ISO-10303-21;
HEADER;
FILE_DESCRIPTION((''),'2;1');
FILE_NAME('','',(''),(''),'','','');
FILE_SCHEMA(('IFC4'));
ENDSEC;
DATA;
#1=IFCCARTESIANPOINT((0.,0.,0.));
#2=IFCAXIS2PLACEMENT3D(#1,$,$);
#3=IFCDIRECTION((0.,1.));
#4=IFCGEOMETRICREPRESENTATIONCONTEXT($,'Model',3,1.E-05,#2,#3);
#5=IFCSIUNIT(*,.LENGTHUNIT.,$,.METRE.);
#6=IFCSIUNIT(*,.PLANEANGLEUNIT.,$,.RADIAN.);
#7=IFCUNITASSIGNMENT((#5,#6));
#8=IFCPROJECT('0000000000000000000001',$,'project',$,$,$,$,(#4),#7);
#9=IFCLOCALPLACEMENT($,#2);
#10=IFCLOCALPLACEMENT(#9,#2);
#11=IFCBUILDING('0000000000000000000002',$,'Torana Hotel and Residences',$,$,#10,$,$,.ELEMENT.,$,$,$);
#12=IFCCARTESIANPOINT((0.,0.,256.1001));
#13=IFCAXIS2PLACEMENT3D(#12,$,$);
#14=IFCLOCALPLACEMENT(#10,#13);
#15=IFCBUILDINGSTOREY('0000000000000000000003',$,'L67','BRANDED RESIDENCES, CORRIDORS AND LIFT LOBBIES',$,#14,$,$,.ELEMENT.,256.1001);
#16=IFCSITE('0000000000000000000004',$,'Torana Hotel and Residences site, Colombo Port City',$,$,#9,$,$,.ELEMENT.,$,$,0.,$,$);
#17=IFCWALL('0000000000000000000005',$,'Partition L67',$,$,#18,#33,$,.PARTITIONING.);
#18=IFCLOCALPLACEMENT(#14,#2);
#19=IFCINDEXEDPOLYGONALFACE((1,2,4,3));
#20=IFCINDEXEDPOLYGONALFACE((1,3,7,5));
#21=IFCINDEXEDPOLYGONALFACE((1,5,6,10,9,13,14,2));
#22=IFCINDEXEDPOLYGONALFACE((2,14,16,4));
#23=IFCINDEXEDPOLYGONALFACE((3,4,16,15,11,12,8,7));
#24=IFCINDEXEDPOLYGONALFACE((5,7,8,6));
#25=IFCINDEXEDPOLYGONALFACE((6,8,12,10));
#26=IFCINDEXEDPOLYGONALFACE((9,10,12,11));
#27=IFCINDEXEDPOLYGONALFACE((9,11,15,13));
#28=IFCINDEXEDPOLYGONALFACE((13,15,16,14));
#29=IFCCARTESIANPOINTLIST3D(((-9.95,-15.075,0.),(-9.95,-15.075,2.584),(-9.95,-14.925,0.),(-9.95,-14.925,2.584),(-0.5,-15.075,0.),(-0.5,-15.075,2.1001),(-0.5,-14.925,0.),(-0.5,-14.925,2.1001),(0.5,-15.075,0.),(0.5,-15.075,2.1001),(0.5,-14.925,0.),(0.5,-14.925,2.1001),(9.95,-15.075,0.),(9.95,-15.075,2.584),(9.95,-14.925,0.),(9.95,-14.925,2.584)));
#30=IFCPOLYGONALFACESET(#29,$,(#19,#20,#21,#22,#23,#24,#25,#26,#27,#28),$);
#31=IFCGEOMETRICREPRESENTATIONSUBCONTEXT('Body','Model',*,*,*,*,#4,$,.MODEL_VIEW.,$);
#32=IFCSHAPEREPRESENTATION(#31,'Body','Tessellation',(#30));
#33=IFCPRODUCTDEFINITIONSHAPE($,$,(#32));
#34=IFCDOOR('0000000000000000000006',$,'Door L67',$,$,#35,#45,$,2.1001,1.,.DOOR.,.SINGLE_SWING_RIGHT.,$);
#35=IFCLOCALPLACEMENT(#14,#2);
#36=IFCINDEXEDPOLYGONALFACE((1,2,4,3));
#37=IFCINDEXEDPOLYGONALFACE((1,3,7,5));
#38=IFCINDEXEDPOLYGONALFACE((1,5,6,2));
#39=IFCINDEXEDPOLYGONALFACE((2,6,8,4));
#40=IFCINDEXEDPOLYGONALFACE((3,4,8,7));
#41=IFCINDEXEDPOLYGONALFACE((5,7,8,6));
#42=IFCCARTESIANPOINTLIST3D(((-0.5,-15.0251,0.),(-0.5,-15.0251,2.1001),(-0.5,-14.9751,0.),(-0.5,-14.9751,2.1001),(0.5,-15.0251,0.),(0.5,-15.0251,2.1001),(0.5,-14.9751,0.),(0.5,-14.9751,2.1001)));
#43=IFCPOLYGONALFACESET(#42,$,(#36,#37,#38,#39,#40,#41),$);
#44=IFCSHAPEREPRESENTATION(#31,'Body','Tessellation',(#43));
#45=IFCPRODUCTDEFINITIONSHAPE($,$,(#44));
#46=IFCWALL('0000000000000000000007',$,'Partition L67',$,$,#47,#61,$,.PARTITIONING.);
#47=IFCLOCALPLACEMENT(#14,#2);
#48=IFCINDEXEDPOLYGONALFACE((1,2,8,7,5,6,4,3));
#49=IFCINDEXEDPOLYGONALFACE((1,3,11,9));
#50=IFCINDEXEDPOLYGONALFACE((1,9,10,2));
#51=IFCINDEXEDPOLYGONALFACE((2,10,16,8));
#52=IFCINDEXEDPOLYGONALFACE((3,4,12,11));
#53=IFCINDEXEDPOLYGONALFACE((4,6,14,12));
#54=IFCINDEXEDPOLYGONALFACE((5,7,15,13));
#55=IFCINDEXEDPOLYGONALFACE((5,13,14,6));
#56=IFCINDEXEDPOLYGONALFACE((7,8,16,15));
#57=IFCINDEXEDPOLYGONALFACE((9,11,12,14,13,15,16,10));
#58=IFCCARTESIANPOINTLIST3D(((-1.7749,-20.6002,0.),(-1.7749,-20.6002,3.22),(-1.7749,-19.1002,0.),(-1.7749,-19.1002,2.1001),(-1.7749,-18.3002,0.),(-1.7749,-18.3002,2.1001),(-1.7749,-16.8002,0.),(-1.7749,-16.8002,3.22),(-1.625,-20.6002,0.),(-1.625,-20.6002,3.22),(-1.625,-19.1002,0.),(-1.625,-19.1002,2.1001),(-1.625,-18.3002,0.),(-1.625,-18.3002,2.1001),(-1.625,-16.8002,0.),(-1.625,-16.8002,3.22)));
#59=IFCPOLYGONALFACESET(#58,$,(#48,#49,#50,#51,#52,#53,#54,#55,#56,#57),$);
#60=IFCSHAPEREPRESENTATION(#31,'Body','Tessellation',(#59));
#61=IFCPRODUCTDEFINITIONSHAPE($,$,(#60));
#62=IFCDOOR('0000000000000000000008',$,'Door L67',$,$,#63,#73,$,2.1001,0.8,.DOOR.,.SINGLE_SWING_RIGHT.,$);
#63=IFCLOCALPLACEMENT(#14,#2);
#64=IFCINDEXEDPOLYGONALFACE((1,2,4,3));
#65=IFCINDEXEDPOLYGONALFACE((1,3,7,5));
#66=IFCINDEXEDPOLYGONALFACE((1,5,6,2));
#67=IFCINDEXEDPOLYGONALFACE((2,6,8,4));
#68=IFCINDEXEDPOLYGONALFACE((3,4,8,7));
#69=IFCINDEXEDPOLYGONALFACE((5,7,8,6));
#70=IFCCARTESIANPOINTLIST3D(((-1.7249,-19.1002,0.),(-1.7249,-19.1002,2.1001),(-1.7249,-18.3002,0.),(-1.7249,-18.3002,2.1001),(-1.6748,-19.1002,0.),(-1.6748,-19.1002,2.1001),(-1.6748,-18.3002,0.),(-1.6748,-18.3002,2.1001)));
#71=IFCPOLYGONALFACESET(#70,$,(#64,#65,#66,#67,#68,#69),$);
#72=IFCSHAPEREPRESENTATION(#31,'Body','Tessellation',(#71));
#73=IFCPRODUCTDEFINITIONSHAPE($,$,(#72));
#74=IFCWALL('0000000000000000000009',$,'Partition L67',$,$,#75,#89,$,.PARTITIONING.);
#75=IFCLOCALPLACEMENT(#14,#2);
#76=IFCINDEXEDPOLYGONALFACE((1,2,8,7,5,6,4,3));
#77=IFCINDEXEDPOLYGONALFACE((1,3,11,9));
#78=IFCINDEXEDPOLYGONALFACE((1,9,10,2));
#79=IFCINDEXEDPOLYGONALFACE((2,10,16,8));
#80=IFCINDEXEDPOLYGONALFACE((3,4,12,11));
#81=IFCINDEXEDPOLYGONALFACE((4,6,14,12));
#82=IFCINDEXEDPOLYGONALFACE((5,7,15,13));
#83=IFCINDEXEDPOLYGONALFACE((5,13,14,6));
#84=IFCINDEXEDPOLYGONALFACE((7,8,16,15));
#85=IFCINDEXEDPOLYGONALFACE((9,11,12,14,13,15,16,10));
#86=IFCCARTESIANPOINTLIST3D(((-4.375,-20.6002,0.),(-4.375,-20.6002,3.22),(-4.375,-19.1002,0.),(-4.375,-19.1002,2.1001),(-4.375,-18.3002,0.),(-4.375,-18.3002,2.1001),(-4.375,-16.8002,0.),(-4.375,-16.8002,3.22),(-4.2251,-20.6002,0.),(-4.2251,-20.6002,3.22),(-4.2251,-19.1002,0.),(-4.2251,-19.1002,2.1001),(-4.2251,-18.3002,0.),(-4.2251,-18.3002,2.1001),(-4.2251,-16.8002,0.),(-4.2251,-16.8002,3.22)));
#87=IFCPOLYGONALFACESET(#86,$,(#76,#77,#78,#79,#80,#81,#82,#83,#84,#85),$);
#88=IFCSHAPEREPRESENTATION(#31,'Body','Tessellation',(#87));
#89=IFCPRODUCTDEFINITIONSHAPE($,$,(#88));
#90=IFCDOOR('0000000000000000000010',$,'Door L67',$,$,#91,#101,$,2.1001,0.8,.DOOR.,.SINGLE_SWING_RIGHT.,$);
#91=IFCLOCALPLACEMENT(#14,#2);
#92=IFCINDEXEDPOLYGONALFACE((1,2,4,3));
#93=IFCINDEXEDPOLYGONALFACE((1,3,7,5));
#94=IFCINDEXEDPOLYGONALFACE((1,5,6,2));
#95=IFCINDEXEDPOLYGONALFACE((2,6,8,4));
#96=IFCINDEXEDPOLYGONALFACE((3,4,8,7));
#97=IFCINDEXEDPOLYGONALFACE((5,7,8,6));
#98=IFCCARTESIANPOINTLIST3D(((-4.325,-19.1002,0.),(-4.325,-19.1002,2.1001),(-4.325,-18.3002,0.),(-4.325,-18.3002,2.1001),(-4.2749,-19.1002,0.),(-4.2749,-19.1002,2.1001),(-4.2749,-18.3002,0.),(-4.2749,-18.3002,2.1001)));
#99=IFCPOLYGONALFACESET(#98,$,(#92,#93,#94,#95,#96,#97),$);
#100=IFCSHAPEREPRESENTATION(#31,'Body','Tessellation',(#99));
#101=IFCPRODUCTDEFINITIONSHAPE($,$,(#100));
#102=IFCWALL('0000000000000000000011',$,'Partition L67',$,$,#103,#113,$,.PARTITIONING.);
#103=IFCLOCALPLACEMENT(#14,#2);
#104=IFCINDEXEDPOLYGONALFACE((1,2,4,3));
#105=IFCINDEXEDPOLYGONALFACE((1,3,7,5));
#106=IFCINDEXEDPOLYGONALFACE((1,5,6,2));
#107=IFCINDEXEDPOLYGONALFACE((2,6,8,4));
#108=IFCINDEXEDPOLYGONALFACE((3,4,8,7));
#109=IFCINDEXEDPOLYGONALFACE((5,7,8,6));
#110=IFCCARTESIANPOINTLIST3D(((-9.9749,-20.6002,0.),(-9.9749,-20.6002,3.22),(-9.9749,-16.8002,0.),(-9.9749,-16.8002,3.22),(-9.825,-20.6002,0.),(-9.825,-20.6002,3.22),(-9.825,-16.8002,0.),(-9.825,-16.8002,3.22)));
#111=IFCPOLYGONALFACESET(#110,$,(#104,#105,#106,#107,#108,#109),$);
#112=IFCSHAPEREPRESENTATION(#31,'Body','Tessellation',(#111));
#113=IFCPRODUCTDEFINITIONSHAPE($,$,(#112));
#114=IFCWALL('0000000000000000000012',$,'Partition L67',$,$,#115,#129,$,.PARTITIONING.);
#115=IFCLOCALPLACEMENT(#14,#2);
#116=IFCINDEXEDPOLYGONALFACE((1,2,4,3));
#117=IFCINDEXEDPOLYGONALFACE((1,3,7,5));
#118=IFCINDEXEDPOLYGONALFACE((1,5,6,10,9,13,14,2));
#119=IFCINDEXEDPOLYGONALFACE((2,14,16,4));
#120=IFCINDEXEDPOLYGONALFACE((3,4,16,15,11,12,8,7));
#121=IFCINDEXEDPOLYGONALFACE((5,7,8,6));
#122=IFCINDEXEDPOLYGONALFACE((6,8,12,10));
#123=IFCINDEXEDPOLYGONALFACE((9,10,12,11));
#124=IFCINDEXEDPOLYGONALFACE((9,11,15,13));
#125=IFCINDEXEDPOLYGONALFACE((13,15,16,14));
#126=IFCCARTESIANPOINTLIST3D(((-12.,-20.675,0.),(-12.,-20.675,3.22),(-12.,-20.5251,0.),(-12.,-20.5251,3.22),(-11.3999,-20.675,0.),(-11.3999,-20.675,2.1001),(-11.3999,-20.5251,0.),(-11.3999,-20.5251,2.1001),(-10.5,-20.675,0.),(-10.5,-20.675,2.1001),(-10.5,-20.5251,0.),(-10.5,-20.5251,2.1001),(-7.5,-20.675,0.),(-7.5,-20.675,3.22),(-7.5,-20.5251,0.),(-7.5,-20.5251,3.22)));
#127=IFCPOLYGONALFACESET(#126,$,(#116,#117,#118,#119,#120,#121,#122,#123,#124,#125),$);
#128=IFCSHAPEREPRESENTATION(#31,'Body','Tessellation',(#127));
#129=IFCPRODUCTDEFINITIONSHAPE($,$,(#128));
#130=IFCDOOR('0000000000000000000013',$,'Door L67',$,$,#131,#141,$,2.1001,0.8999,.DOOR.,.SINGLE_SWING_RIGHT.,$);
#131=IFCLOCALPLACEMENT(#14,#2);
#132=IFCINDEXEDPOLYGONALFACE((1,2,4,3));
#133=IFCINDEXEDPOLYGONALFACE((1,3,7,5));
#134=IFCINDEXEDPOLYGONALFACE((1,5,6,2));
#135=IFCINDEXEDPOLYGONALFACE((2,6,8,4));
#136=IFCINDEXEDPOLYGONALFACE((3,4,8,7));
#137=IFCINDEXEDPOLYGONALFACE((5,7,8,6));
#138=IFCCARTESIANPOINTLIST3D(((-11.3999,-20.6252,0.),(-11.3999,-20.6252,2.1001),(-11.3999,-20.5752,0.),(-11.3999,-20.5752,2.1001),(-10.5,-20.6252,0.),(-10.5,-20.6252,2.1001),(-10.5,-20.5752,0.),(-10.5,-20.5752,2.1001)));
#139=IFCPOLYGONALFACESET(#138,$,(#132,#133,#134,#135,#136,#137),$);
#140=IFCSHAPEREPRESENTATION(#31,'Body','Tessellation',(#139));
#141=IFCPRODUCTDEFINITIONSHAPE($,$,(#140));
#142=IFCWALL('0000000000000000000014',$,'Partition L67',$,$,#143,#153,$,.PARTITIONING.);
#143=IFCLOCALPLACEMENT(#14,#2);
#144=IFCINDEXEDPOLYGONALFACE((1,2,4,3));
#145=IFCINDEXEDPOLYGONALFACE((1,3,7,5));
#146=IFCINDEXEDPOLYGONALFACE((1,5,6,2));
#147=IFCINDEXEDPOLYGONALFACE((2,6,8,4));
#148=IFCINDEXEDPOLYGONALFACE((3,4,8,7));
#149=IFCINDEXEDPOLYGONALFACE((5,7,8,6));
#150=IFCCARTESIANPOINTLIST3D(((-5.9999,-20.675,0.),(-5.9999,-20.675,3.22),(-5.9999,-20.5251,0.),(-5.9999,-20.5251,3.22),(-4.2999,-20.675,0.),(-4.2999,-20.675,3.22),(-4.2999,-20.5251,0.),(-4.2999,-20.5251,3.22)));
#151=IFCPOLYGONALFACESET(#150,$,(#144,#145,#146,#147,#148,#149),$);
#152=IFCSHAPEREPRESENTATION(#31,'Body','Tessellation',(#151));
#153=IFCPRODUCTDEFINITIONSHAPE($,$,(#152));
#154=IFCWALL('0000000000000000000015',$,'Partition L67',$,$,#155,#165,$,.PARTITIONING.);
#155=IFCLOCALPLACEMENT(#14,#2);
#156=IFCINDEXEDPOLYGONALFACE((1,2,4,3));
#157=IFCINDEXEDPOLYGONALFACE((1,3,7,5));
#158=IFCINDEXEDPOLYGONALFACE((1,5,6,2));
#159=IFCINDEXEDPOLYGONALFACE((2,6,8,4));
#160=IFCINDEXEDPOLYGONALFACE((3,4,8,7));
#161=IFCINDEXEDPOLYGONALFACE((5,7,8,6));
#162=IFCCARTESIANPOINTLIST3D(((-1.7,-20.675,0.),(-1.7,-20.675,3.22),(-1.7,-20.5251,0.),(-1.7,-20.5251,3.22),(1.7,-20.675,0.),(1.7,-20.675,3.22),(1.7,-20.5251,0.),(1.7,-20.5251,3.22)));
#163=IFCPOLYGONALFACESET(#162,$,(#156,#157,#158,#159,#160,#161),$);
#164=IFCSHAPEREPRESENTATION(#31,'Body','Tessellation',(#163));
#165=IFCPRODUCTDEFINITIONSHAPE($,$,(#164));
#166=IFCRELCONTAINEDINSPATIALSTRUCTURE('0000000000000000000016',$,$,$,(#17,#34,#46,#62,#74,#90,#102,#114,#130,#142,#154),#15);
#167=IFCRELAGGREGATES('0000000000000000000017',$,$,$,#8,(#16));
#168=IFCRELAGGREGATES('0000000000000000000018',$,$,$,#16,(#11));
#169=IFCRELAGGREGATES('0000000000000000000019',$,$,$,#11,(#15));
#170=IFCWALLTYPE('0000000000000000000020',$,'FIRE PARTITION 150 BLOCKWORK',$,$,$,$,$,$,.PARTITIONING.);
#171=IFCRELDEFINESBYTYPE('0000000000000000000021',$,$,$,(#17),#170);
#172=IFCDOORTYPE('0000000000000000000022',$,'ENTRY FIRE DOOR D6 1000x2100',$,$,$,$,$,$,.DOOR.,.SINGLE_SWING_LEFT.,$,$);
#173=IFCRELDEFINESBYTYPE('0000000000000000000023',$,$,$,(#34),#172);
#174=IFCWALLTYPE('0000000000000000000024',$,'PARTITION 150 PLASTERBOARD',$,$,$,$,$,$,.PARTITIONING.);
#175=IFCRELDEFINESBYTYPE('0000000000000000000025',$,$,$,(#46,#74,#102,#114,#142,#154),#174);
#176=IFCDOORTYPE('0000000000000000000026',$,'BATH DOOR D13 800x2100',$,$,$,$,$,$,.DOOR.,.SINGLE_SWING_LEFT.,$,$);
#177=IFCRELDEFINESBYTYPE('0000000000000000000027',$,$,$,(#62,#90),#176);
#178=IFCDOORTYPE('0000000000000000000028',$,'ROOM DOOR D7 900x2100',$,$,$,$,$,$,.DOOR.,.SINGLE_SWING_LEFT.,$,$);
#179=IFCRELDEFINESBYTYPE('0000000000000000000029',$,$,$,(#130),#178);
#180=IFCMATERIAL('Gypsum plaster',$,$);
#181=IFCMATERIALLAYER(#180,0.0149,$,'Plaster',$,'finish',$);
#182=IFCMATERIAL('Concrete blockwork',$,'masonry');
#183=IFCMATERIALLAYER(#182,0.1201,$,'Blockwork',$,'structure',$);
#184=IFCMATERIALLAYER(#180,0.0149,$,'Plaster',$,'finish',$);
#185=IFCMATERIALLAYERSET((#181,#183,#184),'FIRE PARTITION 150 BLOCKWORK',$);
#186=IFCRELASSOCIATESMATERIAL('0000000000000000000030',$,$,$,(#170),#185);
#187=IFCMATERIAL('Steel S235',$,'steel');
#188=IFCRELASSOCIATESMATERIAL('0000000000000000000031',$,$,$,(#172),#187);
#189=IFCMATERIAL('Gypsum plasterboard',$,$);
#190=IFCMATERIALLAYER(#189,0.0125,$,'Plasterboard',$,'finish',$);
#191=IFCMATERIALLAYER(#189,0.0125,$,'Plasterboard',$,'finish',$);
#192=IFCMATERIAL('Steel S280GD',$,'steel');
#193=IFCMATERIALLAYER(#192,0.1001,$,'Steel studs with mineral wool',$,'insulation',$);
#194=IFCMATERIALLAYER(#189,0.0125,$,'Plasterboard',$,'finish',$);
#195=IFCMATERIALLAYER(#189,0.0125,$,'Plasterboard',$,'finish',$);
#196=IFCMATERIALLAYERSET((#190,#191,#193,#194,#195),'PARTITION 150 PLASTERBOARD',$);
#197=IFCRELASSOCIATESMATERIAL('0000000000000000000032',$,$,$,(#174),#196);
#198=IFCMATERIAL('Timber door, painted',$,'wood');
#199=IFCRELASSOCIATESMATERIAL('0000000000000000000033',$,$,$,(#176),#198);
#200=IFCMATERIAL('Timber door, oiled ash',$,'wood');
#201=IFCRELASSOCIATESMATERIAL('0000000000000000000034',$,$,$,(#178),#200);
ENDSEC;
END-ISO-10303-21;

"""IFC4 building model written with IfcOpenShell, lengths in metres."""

from ifc_helpers import new_model, si_unit, direction, frame, frame_2d, origin, place, context, subcontext, project, spatial, rectangle, extrude, material, layer, layer_set, type_object, element, fill, save


model = new_model("IFC4")

# Units and contexts
model_context = context("Model", 3, precision=1e-05, world=origin(), true_north=direction((0.0, 1.0)))
body_context = subcontext(model_context, "Body", "Model", "MODEL_VIEW")
ifc_project = project(units=[si_unit("LENGTHUNIT", "METRE"), si_unit("PLANEANGLEUNIT", "RADIAN")], contexts=[model_context])

# Site, building, storey
site_placement = place(None, origin())
site = spatial("IfcSite", under=ifc_project, at=site_placement, Name="Torana Hotel and Residences site, Colombo Port City", CompositionType="ELEMENT", RefElevation=0.0)
building_placement = place(site_placement, origin())
building = spatial("IfcBuilding", under=site, at=building_placement, Name="Torana Hotel and Residences", CompositionType="ELEMENT")
storey_placement = place(building_placement, frame((0.0, 0.0, 256.1001)))
storey = spatial("IfcBuildingStorey", under=building, at=storey_placement, Name="L67", Description="BRANDED RESIDENCES, CORRIDORS AND LIFT LOBBIES", CompositionType="ELEMENT", Elevation=256.1001)

# Shared definitions
ifc_material_1 = material(Name="Gypsum plaster")
ifc_layer_1 = layer(ifc_material_1, 0.0149, Name="Plaster", Category="finish")
ifc_material_2 = material(Name="Concrete blockwork", Category="masonry")
ifc_layer_2 = layer(ifc_material_2, 0.1201, Name="Blockwork", Category="structure")
ifc_layer_3 = layer(ifc_material_1, 0.0149, Name="Plaster", Category="finish")
ifc_layer_set_1 = layer_set([ifc_layer_1, ifc_layer_2, ifc_layer_3], Name="FIRE PARTITION 150 BLOCKWORK")
wall_type_1 = type_object("IfcWallType", Name="FIRE PARTITION 150 BLOCKWORK", PredefinedType="PARTITIONING", material=ifc_layer_set_1)

# Walls, openings, doors
ifc_material_3 = material(Name="Steel S235", Category="steel")
door_type_1 = type_object("IfcDoorType", Name="ENTRY FIRE DOOR D6 1000x2100", OperationType="SINGLE_SWING_LEFT", PredefinedType="DOOR", material=ifc_material_3)
wall_1_placement = place(storey_placement, frame((-9.95, -15.0, 0.0), z_axis=(0.0, 0.0, 1.0), x_axis=(1.0, 0.0, 0.0)))
wall_1 = element("IfcWall", 1, at=wall_1_placement, inside=storey, type_object=wall_type_1, Name="Partition L67", PredefinedType="PARTITIONING", context=body_context, shape_type="SweptSolid", body=[
    extrude(rectangle(XDim=19.8999, YDim=0.1499, at=frame_2d((9.95, 0.0))), origin(), (0.0, 0.0, 1.0), 2.584),
])
opening_1_placement = place(wall_1_placement, frame((9.45, 0.0, 0.0)))
opening_1 = element("IfcOpeningElement", 2, at=opening_1_placement, cuts=wall_1, PredefinedType="OPENING", context=body_context, shape_type="SweptSolid", body=[
    extrude(rectangle(XDim=1.0, YDim=2.1001, at=frame_2d((0.5, 1.05))), frame((0.0, 0.085, 0.0), z_axis=(0.0, -1.0, 0.0), x_axis=(1.0, 0.0, 0.0)), (0.0, 0.0, 1.0), 0.1699),
])
door_1_placement = place(opening_1_placement, origin())
door_1 = element("IfcDoor", 3, at=door_1_placement, inside=storey, type_object=door_type_1, Name="Door L67", OperationType="SINGLE_SWING_RIGHT", OverallHeight=2.1001, OverallWidth=1.0, PredefinedType="DOOR", context=body_context, shape_type="SweptSolid", body=[
    extrude(rectangle(XDim=1.0, YDim=2.1001, at=frame_2d((0.5, 1.05))), frame((0.0, 0.0249, 0.0), z_axis=(0.0, -1.0, 0.0), x_axis=(1.0, 0.0, 0.0)), (0.0, 0.0, 1.0), 0.05),
])
fill(opening_1, door_1)
ifc_material_4 = material(Name="Gypsum plasterboard")
ifc_layer_4 = layer(ifc_material_4, 0.0125, Name="Plasterboard", Category="finish")
ifc_layer_5 = layer(ifc_material_4, 0.0125, Name="Plasterboard", Category="finish")
ifc_material_5 = material(Name="Steel S280GD", Category="steel")
ifc_layer_6 = layer(ifc_material_5, 0.1001, Name="Steel studs with mineral wool", Category="insulation")
ifc_layer_7 = layer(ifc_material_4, 0.0125, Name="Plasterboard", Category="finish")
ifc_layer_8 = layer(ifc_material_4, 0.0125, Name="Plasterboard", Category="finish")
ifc_layer_set_2 = layer_set([ifc_layer_4, ifc_layer_5, ifc_layer_6, ifc_layer_7, ifc_layer_8], Name="PARTITION 150 PLASTERBOARD")
wall_type_2 = type_object("IfcWallType", Name="PARTITION 150 PLASTERBOARD", PredefinedType="PARTITIONING", material=ifc_layer_set_2)
wall_2_placement = place(storey_placement, frame((-1.7, -20.6001, 0.0), z_axis=(0.0, 0.0, 1.0), x_axis=(0.0, 1.0, 0.0)))
wall_2 = element("IfcWall", 4, at=wall_2_placement, inside=storey, type_object=wall_type_2, Name="Partition L67", PredefinedType="PARTITIONING", context=body_context, shape_type="SweptSolid", body=[
    extrude(rectangle(XDim=3.8, YDim=0.1499, at=frame_2d((1.8999, 0.0))), origin(), (0.0, 0.0, 1.0), 3.22),
])
opening_2_placement = place(wall_2_placement, frame((1.5, 0.0, 0.0)))
opening_2 = element("IfcOpeningElement", 5, at=opening_2_placement, cuts=wall_2, PredefinedType="OPENING", context=body_context, shape_type="SweptSolid", body=[
    extrude(rectangle(XDim=0.8, YDim=2.1001, at=frame_2d((0.3999, 1.05))), frame((0.0, 0.085, 0.0), z_axis=(0.0, -1.0, 0.0), x_axis=(1.0, 0.0, 0.0)), (0.0, 0.0, 1.0), 0.1699),
])
ifc_material_6 = material(Name="Timber door, painted", Category="wood")
door_type_2 = type_object("IfcDoorType", Name="BATH DOOR D13 800x2100", OperationType="SINGLE_SWING_LEFT", PredefinedType="DOOR", material=ifc_material_6)
door_2_placement = place(opening_2_placement, origin())
door_2 = element("IfcDoor", 6, at=door_2_placement, inside=storey, type_object=door_type_2, Name="Door L67", OperationType="SINGLE_SWING_RIGHT", OverallHeight=2.1001, OverallWidth=0.8, PredefinedType="DOOR", context=body_context, shape_type="SweptSolid", body=[
    extrude(rectangle(XDim=0.8, YDim=2.1001, at=frame_2d((0.3999, 1.05))), frame((0.0, 0.0249, 0.0), z_axis=(0.0, -1.0, 0.0), x_axis=(1.0, 0.0, 0.0)), (0.0, 0.0, 1.0), 0.05),
])
fill(opening_2, door_2)
wall_3_placement = place(storey_placement, frame((-4.3, -20.6001, 0.0), z_axis=(0.0, 0.0, 1.0), x_axis=(0.0, 1.0, 0.0)))
wall_3 = element("IfcWall", 7, at=wall_3_placement, inside=storey, type_object=wall_type_2, Name="Partition L67", PredefinedType="PARTITIONING", context=body_context, shape_type="SweptSolid", body=[
    extrude(rectangle(XDim=3.8, YDim=0.1499, at=frame_2d((1.8999, 0.0))), origin(), (0.0, 0.0, 1.0), 3.22),
])
opening_3_placement = place(wall_3_placement, frame((1.5, 0.0, 0.0)))
opening_3 = element("IfcOpeningElement", 8, at=opening_3_placement, cuts=wall_3, PredefinedType="OPENING", context=body_context, shape_type="SweptSolid", body=[
    extrude(rectangle(XDim=0.8, YDim=2.1001, at=frame_2d((0.3999, 1.05))), frame((0.0, 0.085, 0.0), z_axis=(0.0, -1.0, 0.0), x_axis=(1.0, 0.0, 0.0)), (0.0, 0.0, 1.0), 0.1699),
])
door_3_placement = place(opening_3_placement, origin())
door_3 = element("IfcDoor", 9, at=door_3_placement, inside=storey, type_object=door_type_2, Name="Door L67", OperationType="SINGLE_SWING_RIGHT", OverallHeight=2.1001, OverallWidth=0.8, PredefinedType="DOOR", context=body_context, shape_type="SweptSolid", body=[
    extrude(rectangle(XDim=0.8, YDim=2.1001, at=frame_2d((0.3999, 1.05))), frame((0.0, 0.0249, 0.0), z_axis=(0.0, -1.0, 0.0), x_axis=(1.0, 0.0, 0.0)), (0.0, 0.0, 1.0), 0.05),
])
fill(opening_3, door_3)

# Wall
wall_4_placement = place(storey_placement, frame((-9.8999, -20.6001, 0.0), z_axis=(0.0, 0.0, 1.0), x_axis=(0.0, 1.0, 0.0)))
element("IfcWall", 10, at=wall_4_placement, inside=storey, type_object=wall_type_2, Name="Partition L67", PredefinedType="PARTITIONING", context=body_context, shape_type="SweptSolid", body=[
    extrude(rectangle(XDim=3.8, YDim=0.1499, at=frame_2d((1.8999, 0.0))), origin(), (0.0, 0.0, 1.0), 3.22),
])

# Wall, opening, door
wall_5_placement = place(storey_placement, frame((-12.0, -20.6001, 0.0), z_axis=(0.0, 0.0, 1.0), x_axis=(1.0, 0.0, 0.0)))
wall_5 = element("IfcWall", 11, at=wall_5_placement, inside=storey, type_object=wall_type_2, Name="Partition L67", PredefinedType="PARTITIONING", context=body_context, shape_type="SweptSolid", body=[
    extrude(rectangle(XDim=4.5, YDim=0.1499, at=frame_2d((2.25, 0.0))), origin(), (0.0, 0.0, 1.0), 3.22),
])
opening_4_placement = place(wall_5_placement, frame((0.6001, 0.0, 0.0)))
opening_4 = element("IfcOpeningElement", 12, at=opening_4_placement, cuts=wall_5, PredefinedType="OPENING", context=body_context, shape_type="SweptSolid", body=[
    extrude(rectangle(XDim=0.8999, YDim=2.1001, at=frame_2d((0.45, 1.05))), frame((0.0, 0.085, 0.0), z_axis=(0.0, -1.0, 0.0), x_axis=(1.0, 0.0, 0.0)), (0.0, 0.0, 1.0), 0.1699),
])
ifc_material_7 = material(Name="Timber door, oiled ash", Category="wood")
door_type_3 = type_object("IfcDoorType", Name="ROOM DOOR D7 900x2100", OperationType="SINGLE_SWING_LEFT", PredefinedType="DOOR", material=ifc_material_7)
door_4_placement = place(opening_4_placement, origin())
door_4 = element("IfcDoor", 13, at=door_4_placement, inside=storey, type_object=door_type_3, Name="Door L67", OperationType="SINGLE_SWING_RIGHT", OverallHeight=2.1001, OverallWidth=0.8999, PredefinedType="DOOR", context=body_context, shape_type="SweptSolid", body=[
    extrude(rectangle(XDim=0.8999, YDim=2.1001, at=frame_2d((0.45, 1.05))), frame((0.0, 0.0249, 0.0), z_axis=(0.0, -1.0, 0.0), x_axis=(1.0, 0.0, 0.0)), (0.0, 0.0, 1.0), 0.05),
])
fill(opening_4, door_4)

# Walls
wall_6_placement = place(storey_placement, frame((-6.0, -20.6001, 0.0), z_axis=(0.0, 0.0, 1.0), x_axis=(1.0, 0.0, 0.0)))
element("IfcWall", 14, at=wall_6_placement, inside=storey, type_object=wall_type_2, Name="Partition L67", PredefinedType="PARTITIONING", context=body_context, shape_type="SweptSolid", body=[
    extrude(rectangle(XDim=1.7, YDim=0.1499, at=frame_2d((0.8501, 0.0))), origin(), (0.0, 0.0, 1.0), 3.22),
])
wall_7_placement = place(storey_placement, frame((-1.7, -20.6001, 0.0), z_axis=(0.0, 0.0, 1.0), x_axis=(1.0, 0.0, 0.0)))
element("IfcWall", 15, at=wall_7_placement, inside=storey, type_object=wall_type_2, Name="Partition L67", PredefinedType="PARTITIONING", context=body_context, shape_type="SweptSolid", body=[
    extrude(rectangle(XDim=3.3999, YDim=0.1499, at=frame_2d((1.7, 0.0))), origin(), (0.0, 0.0, 1.0), 3.22),
])

save(model, "model.ifc")
